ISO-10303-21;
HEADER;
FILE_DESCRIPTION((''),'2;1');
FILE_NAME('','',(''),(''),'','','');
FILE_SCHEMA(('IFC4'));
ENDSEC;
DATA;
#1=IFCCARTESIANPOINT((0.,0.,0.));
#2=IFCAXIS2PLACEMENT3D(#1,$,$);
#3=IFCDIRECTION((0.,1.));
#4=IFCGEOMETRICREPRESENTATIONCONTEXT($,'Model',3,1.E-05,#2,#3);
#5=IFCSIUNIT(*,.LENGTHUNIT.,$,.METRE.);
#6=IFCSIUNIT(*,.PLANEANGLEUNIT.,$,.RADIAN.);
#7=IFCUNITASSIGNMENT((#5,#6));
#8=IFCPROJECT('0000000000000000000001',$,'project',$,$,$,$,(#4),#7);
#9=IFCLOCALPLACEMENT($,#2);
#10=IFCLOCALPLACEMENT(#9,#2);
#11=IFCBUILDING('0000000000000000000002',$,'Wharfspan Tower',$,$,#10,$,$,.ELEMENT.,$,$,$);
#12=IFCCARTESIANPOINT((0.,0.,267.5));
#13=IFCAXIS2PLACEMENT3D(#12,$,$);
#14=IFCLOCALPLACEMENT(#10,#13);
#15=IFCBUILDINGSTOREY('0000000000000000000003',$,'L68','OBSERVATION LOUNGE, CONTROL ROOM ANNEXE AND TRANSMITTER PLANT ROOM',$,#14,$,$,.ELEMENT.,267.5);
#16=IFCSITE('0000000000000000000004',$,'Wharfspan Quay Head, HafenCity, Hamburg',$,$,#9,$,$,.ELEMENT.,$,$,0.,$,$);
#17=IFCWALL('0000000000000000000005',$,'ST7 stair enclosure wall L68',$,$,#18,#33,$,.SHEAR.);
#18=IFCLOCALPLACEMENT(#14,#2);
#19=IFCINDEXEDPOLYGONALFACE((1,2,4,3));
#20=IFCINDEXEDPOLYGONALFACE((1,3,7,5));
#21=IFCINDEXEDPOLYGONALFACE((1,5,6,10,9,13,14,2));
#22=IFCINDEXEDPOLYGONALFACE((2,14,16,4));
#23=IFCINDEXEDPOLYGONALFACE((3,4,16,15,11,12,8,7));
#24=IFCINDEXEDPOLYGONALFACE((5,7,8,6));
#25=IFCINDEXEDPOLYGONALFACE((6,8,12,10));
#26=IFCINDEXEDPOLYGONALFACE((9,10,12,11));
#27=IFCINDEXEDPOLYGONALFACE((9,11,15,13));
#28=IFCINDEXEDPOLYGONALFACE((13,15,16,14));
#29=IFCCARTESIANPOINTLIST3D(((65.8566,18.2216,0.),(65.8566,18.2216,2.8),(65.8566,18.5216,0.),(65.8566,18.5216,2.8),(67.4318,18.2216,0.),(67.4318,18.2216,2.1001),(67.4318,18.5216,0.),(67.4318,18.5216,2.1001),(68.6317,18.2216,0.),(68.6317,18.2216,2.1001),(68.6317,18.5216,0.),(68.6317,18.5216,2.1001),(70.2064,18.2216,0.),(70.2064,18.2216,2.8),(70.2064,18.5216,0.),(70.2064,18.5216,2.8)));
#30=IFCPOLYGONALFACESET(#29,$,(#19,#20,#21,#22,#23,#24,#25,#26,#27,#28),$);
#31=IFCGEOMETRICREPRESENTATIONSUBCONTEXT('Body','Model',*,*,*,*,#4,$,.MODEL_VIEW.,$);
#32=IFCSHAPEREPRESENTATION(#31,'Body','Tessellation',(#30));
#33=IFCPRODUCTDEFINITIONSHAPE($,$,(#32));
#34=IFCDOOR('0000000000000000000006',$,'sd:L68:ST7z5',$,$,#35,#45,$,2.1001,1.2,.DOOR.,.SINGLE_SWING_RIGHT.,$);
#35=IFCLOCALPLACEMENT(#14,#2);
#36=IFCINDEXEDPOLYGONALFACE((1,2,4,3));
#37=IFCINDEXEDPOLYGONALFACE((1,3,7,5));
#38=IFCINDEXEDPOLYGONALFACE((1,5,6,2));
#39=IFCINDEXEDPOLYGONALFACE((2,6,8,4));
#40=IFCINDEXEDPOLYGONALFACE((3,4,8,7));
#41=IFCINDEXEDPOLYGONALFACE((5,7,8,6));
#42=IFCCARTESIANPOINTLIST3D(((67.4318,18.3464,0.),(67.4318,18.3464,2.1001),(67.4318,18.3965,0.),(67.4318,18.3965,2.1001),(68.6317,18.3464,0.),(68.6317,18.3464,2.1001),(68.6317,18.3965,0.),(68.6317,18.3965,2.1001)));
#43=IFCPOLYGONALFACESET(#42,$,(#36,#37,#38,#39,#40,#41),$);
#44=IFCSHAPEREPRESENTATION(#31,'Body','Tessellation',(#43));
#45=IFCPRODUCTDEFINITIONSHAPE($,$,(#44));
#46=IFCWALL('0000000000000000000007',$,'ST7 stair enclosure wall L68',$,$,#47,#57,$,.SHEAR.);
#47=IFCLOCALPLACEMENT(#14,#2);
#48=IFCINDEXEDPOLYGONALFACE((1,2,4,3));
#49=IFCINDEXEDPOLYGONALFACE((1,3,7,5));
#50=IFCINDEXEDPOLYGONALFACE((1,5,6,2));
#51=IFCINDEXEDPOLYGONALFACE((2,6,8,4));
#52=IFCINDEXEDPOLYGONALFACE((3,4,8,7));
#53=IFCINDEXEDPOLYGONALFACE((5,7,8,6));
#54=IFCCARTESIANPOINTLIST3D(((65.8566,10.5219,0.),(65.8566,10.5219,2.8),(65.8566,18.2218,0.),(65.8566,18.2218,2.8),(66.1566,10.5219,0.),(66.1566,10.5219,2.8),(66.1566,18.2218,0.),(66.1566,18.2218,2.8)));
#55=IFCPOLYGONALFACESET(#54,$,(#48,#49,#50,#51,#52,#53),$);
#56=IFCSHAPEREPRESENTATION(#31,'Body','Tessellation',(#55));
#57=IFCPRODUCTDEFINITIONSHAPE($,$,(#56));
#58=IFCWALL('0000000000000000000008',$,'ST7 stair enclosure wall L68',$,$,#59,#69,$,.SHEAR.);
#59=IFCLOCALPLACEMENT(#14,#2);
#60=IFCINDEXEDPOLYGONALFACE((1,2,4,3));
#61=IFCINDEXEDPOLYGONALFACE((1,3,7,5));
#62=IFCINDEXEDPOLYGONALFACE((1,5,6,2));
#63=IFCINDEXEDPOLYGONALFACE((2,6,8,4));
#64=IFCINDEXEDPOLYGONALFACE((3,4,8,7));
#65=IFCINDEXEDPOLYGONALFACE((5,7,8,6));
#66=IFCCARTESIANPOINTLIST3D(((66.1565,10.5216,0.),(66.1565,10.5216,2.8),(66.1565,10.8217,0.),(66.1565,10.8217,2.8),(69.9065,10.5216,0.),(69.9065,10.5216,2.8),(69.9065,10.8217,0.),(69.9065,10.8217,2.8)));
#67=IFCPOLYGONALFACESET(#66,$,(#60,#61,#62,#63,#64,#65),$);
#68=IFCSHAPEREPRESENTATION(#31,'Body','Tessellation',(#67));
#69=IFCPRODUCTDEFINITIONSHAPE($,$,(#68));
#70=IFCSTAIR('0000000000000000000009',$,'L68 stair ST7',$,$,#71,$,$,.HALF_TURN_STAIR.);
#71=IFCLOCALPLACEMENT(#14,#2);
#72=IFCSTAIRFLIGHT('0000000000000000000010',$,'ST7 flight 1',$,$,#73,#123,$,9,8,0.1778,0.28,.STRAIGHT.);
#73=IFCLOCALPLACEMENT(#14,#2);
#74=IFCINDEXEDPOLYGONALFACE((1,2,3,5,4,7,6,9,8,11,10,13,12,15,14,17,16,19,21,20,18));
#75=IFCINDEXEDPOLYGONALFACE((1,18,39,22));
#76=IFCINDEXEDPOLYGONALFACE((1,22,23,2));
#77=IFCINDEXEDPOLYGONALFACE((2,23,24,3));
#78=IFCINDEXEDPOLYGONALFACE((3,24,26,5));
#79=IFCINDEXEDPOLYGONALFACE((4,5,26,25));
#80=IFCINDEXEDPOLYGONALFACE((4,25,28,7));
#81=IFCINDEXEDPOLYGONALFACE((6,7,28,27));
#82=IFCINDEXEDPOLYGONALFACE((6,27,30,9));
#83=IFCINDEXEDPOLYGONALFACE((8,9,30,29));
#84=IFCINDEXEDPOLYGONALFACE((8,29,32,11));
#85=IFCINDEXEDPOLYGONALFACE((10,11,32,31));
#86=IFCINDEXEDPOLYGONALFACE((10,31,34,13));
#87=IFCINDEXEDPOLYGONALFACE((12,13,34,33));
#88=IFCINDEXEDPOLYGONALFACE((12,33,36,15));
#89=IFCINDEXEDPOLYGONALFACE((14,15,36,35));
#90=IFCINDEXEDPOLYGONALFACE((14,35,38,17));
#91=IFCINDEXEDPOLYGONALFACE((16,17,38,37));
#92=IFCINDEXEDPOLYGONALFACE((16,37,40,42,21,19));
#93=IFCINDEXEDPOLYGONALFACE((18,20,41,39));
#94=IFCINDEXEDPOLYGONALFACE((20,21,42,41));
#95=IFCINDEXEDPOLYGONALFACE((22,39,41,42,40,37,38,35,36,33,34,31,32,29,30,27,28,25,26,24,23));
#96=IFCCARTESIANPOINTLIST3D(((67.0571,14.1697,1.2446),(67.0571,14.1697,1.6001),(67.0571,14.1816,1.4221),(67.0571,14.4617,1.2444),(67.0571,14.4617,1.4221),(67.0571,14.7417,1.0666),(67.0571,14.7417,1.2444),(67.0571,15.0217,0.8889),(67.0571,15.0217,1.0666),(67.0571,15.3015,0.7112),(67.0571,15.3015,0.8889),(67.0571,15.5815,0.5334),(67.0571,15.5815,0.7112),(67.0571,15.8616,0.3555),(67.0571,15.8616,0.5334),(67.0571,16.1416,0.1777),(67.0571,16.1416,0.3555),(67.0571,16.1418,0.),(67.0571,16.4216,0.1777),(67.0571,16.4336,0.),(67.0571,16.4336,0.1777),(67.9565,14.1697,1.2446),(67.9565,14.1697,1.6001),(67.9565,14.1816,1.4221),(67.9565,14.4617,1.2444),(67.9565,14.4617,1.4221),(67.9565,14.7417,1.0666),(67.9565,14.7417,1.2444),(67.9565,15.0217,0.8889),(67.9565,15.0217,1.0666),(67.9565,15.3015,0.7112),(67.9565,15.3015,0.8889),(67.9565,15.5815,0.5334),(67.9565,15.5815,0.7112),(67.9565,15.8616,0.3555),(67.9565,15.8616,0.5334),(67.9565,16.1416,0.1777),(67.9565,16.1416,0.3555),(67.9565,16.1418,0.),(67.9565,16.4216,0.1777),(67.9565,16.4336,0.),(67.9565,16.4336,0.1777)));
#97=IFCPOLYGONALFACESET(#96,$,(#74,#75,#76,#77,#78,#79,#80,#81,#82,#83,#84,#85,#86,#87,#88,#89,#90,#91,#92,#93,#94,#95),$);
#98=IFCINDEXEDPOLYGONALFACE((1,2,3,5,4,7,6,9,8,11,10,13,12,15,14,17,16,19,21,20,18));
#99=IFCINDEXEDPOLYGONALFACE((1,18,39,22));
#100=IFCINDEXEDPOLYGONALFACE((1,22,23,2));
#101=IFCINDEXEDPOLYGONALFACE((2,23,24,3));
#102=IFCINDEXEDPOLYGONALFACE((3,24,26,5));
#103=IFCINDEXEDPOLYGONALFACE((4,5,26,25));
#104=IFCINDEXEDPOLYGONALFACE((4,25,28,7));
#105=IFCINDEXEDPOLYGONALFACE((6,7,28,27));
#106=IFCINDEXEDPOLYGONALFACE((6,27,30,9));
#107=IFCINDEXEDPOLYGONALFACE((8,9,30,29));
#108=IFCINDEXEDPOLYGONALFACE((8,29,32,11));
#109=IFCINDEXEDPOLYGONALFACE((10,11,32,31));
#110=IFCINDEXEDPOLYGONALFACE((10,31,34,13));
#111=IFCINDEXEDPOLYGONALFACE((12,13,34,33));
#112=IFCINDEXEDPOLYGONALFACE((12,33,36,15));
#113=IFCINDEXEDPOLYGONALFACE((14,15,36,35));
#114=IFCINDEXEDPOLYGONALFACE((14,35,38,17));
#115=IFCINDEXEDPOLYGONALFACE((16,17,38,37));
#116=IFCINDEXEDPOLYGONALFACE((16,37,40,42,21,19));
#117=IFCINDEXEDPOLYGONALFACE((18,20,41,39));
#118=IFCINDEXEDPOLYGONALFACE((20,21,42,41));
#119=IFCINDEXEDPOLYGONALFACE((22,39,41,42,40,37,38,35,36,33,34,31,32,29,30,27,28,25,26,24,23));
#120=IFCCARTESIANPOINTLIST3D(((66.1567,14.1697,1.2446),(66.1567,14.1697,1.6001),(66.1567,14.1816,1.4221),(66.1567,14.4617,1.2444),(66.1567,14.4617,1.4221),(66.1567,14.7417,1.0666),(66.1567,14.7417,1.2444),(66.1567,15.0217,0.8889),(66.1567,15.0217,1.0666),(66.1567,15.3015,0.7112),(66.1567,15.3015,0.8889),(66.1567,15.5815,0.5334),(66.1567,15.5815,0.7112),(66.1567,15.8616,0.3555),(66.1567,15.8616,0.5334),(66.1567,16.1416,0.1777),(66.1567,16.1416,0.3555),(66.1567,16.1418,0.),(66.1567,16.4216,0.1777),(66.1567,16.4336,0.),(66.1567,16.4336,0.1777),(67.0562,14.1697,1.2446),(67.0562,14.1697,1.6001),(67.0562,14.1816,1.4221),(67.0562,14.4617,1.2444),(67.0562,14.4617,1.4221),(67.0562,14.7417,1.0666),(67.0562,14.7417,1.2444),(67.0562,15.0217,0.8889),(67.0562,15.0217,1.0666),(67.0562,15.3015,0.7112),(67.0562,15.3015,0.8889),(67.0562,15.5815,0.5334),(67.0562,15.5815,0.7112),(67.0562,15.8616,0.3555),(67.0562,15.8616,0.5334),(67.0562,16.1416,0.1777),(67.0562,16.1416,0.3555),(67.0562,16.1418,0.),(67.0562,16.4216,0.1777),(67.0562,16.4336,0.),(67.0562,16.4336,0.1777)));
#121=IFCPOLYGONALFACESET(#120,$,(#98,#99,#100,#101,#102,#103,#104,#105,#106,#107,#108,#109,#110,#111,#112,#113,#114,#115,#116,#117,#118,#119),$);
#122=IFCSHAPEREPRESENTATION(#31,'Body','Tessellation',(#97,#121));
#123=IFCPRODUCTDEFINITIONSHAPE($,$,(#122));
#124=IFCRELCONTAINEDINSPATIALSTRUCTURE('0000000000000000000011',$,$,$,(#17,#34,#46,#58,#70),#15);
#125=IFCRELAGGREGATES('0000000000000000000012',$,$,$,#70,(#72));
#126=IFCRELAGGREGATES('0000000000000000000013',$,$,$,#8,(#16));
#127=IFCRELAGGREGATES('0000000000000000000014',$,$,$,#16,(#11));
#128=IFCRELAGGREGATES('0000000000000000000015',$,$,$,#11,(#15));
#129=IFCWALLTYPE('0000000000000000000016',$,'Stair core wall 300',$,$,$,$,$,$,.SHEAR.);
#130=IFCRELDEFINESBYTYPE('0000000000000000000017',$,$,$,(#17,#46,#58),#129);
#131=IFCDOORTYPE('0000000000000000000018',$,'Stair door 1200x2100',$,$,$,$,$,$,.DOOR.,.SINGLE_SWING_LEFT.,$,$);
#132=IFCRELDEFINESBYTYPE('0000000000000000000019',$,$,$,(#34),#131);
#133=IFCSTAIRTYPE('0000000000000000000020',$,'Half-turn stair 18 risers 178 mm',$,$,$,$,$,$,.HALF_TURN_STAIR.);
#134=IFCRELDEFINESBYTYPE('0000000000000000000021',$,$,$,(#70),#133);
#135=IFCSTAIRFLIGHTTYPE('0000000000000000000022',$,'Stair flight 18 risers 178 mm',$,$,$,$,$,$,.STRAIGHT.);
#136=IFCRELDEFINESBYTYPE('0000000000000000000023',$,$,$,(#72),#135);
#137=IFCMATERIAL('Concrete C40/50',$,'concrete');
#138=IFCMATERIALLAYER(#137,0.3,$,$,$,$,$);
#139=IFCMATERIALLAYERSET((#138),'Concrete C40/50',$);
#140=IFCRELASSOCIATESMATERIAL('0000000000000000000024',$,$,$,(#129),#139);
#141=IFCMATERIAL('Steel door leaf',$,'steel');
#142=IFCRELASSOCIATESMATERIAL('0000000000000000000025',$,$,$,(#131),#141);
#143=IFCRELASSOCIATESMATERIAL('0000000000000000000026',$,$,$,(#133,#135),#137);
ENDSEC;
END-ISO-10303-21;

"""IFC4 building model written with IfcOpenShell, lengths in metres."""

from ifc_helpers import new_model, si_unit, direction, frame, frame_2d, origin, place, context, subcontext, project, spatial, polyline, rectangle, outline, extrude, material, layer, layer_set, type_object, element, fill, aggregate, save


model = new_model("IFC4")

# Units and contexts
model_context = context("Model", 3, precision=1e-05, world=origin(), true_north=direction((0.0, 1.0)))
body_context = subcontext(model_context, "Body", "Model", "MODEL_VIEW")
ifc_project = project(units=[si_unit("LENGTHUNIT", "METRE"), si_unit("PLANEANGLEUNIT", "RADIAN")], contexts=[model_context])

# Site, building, storey
site_placement = place(None, origin())
site = spatial("IfcSite", under=ifc_project, at=site_placement, Name="Wharfspan Quay Head, HafenCity, Hamburg", CompositionType="ELEMENT", RefElevation=0.0)
building_placement = place(site_placement, origin())
building = spatial("IfcBuilding", under=site, at=building_placement, Name="Wharfspan Tower", CompositionType="ELEMENT")
storey_placement = place(building_placement, frame((0.0, 0.0, 267.5)))
storey = spatial("IfcBuildingStorey", under=building, at=storey_placement, Name="L68", Description="OBSERVATION LOUNGE, CONTROL ROOM ANNEXE AND TRANSMITTER PLANT ROOM", CompositionType="ELEMENT", Elevation=267.5)

# Wall, opening, door
ifc_material_1 = material(Name="Concrete C40/50", Category="concrete")
ifc_layer_1 = layer(ifc_material_1, 0.3)
ifc_layer_set_1 = layer_set([ifc_layer_1], Name="Concrete C40/50")
wall_type_1 = type_object("IfcWallType", Name="Stair core wall 300", PredefinedType="SHEAR", material=ifc_layer_set_1)
wall_1_placement = place(storey_placement, frame((65.8567, 18.3716, 0.0), z_axis=(0.0, 0.0, 1.0), x_axis=(1.0, 0.0, 0.0)))
wall_1 = element("IfcWall", 1, at=wall_1_placement, inside=storey, type_object=wall_type_1, Name="ST7 stair enclosure wall L68", PredefinedType="SHEAR", context=body_context, shape_type="SweptSolid", body=[
    extrude(rectangle(XDim=4.3499, YDim=0.3, at=frame_2d((2.1748, 0.0))), origin(), (0.0, 0.0, 1.0), 2.8),
])
opening_placement = place(wall_1_placement, frame((1.575, 0.0, 0.0)))
opening = element("IfcOpeningElement", 2, at=opening_placement, cuts=wall_1, PredefinedType="OPENING", context=body_context, shape_type="SweptSolid", body=[
    extrude(rectangle(XDim=1.2, YDim=2.1001, at=frame_2d((0.6001, 1.05))), frame((0.0, 0.1599, 0.0), z_axis=(0.0, -1.0, 0.0), x_axis=(1.0, 0.0, 0.0)), (0.0, 0.0, 1.0), 0.3201),
])
ifc_material_2 = material(Name="Steel door leaf", Category="steel")
door_type = type_object("IfcDoorType", Name="Stair door 1200x2100", OperationType="SINGLE_SWING_LEFT", PredefinedType="DOOR", material=ifc_material_2)
door_placement = place(opening_placement, origin())
door = element("IfcDoor", 3, at=door_placement, inside=storey, type_object=door_type, Name="sd:L68:ST7z5", OperationType="SINGLE_SWING_RIGHT", OverallHeight=2.1001, OverallWidth=1.2, PredefinedType="DOOR", context=body_context, shape_type="SweptSolid", body=[
    extrude(rectangle(XDim=1.2, YDim=2.1001, at=frame_2d((0.6001, 1.05))), frame((0.0, 0.0249, 0.0), z_axis=(0.0, -1.0, 0.0), x_axis=(1.0, 0.0, 0.0)), (0.0, 0.0, 1.0), 0.05),
])
fill(opening, door)

# Walls
wall_2_placement = place(storey_placement, frame((66.0066, 10.5217, 0.0), z_axis=(0.0, 0.0, 1.0), x_axis=(0.0, 1.0, 0.0)))
element("IfcWall", 4, at=wall_2_placement, inside=storey, type_object=wall_type_1, Name="ST7 stair enclosure wall L68", PredefinedType="SHEAR", context=body_context, shape_type="SweptSolid", body=[
    extrude(rectangle(XDim=7.7, YDim=0.3, at=frame_2d((3.8501, 0.0))), origin(), (0.0, 0.0, 1.0), 2.8),
])
wall_3_placement = place(storey_placement, frame((66.1565, 10.6716, 0.0), z_axis=(0.0, 0.0, 1.0), x_axis=(1.0, 0.0, 0.0)))
element("IfcWall", 5, at=wall_3_placement, inside=storey, type_object=wall_type_1, Name="ST7 stair enclosure wall L68", PredefinedType="SHEAR", context=body_context, shape_type="SweptSolid", body=[
    extrude(rectangle(XDim=3.75, YDim=0.3, at=frame_2d((1.875, 0.0))), origin(), (0.0, 0.0, 1.0), 2.8),
])

# Stair, stair flight
stair_type = type_object("IfcStairType", Name="Half-turn stair 18 risers 178 mm", PredefinedType="HALF_TURN_STAIR", material=ifc_material_1)
stair_placement = place(storey_placement, origin())
stair = element("IfcStair", 6, at=stair_placement, inside=storey, type_object=stair_type, Name="L68 stair ST7", PredefinedType="HALF_TURN_STAIR")
stair_flight_type = type_object("IfcStairFlightType", Name="Stair flight 18 risers 178 mm", PredefinedType="STRAIGHT", material=ifc_material_1)
stair_flight_placement = place(storey_placement, frame((67.0566, 16.4216, 0.0), z_axis=(0.0, 0.0, 1.0), x_axis=(0.0, -1.0, 0.0)))
stair_flight = element("IfcStairFlight", 7, at=stair_flight_placement, type_object=stair_flight_type, Name="ST7 flight 1", NumberOfRisers=9, NumberOfTreads=8, PredefinedType="STRAIGHT", RiserHeight=0.1778, TreadLength=0.28, context=body_context, shape_type="SweptSolid", body=[
    extrude(outline(polyline([(-0.012, 0.0), (-0.012, 0.1777), (0.0, 0.1777), (0.28, 0.1777), (0.28, 0.3555), (0.5601, 0.3555), (0.5601, 0.5334), (0.8401, 0.5334), (0.8401, 0.7112), (1.1201, 0.7112), (1.1201, 0.8889), (1.3999, 0.8889), (1.3999, 1.0667), (1.6799, 1.0667), (1.6799, 1.2444), (1.96, 1.2444), (1.96, 1.4221), (2.24, 1.4221), (2.252, 1.6001), (2.252, 1.2446), (0.2798, 0.0), (-0.012, 0.0)])), frame((0.0, 0.8999, 0.0), z_axis=(0.0, -1.0, 0.0), x_axis=(1.0, 0.0, 0.0)), (0.0, 0.0, 1.0), 0.8994),
    extrude(outline(polyline([(-0.012, 0.0), (-0.012, 0.1777), (0.0, 0.1777), (0.28, 0.1777), (0.28, 0.3555), (0.5601, 0.3555), (0.5601, 0.5334), (0.8401, 0.5334), (0.8401, 0.7112), (1.1201, 0.7112), (1.1201, 0.8889), (1.3999, 0.8889), (1.3999, 1.0667), (1.6799, 1.0667), (1.6799, 1.2444), (1.96, 1.2444), (1.96, 1.4221), (2.24, 1.4221), (2.252, 1.6001), (2.252, 1.2446), (0.2798, 0.0), (-0.012, 0.0)])), frame((0.0, -0.0005, 0.0), z_axis=(0.0, -1.0, 0.0), x_axis=(1.0, 0.0, 0.0)), (0.0, 0.0, 1.0), 0.8994),
])
aggregate(stair, [stair_flight])

save(model, "model.ifc")
